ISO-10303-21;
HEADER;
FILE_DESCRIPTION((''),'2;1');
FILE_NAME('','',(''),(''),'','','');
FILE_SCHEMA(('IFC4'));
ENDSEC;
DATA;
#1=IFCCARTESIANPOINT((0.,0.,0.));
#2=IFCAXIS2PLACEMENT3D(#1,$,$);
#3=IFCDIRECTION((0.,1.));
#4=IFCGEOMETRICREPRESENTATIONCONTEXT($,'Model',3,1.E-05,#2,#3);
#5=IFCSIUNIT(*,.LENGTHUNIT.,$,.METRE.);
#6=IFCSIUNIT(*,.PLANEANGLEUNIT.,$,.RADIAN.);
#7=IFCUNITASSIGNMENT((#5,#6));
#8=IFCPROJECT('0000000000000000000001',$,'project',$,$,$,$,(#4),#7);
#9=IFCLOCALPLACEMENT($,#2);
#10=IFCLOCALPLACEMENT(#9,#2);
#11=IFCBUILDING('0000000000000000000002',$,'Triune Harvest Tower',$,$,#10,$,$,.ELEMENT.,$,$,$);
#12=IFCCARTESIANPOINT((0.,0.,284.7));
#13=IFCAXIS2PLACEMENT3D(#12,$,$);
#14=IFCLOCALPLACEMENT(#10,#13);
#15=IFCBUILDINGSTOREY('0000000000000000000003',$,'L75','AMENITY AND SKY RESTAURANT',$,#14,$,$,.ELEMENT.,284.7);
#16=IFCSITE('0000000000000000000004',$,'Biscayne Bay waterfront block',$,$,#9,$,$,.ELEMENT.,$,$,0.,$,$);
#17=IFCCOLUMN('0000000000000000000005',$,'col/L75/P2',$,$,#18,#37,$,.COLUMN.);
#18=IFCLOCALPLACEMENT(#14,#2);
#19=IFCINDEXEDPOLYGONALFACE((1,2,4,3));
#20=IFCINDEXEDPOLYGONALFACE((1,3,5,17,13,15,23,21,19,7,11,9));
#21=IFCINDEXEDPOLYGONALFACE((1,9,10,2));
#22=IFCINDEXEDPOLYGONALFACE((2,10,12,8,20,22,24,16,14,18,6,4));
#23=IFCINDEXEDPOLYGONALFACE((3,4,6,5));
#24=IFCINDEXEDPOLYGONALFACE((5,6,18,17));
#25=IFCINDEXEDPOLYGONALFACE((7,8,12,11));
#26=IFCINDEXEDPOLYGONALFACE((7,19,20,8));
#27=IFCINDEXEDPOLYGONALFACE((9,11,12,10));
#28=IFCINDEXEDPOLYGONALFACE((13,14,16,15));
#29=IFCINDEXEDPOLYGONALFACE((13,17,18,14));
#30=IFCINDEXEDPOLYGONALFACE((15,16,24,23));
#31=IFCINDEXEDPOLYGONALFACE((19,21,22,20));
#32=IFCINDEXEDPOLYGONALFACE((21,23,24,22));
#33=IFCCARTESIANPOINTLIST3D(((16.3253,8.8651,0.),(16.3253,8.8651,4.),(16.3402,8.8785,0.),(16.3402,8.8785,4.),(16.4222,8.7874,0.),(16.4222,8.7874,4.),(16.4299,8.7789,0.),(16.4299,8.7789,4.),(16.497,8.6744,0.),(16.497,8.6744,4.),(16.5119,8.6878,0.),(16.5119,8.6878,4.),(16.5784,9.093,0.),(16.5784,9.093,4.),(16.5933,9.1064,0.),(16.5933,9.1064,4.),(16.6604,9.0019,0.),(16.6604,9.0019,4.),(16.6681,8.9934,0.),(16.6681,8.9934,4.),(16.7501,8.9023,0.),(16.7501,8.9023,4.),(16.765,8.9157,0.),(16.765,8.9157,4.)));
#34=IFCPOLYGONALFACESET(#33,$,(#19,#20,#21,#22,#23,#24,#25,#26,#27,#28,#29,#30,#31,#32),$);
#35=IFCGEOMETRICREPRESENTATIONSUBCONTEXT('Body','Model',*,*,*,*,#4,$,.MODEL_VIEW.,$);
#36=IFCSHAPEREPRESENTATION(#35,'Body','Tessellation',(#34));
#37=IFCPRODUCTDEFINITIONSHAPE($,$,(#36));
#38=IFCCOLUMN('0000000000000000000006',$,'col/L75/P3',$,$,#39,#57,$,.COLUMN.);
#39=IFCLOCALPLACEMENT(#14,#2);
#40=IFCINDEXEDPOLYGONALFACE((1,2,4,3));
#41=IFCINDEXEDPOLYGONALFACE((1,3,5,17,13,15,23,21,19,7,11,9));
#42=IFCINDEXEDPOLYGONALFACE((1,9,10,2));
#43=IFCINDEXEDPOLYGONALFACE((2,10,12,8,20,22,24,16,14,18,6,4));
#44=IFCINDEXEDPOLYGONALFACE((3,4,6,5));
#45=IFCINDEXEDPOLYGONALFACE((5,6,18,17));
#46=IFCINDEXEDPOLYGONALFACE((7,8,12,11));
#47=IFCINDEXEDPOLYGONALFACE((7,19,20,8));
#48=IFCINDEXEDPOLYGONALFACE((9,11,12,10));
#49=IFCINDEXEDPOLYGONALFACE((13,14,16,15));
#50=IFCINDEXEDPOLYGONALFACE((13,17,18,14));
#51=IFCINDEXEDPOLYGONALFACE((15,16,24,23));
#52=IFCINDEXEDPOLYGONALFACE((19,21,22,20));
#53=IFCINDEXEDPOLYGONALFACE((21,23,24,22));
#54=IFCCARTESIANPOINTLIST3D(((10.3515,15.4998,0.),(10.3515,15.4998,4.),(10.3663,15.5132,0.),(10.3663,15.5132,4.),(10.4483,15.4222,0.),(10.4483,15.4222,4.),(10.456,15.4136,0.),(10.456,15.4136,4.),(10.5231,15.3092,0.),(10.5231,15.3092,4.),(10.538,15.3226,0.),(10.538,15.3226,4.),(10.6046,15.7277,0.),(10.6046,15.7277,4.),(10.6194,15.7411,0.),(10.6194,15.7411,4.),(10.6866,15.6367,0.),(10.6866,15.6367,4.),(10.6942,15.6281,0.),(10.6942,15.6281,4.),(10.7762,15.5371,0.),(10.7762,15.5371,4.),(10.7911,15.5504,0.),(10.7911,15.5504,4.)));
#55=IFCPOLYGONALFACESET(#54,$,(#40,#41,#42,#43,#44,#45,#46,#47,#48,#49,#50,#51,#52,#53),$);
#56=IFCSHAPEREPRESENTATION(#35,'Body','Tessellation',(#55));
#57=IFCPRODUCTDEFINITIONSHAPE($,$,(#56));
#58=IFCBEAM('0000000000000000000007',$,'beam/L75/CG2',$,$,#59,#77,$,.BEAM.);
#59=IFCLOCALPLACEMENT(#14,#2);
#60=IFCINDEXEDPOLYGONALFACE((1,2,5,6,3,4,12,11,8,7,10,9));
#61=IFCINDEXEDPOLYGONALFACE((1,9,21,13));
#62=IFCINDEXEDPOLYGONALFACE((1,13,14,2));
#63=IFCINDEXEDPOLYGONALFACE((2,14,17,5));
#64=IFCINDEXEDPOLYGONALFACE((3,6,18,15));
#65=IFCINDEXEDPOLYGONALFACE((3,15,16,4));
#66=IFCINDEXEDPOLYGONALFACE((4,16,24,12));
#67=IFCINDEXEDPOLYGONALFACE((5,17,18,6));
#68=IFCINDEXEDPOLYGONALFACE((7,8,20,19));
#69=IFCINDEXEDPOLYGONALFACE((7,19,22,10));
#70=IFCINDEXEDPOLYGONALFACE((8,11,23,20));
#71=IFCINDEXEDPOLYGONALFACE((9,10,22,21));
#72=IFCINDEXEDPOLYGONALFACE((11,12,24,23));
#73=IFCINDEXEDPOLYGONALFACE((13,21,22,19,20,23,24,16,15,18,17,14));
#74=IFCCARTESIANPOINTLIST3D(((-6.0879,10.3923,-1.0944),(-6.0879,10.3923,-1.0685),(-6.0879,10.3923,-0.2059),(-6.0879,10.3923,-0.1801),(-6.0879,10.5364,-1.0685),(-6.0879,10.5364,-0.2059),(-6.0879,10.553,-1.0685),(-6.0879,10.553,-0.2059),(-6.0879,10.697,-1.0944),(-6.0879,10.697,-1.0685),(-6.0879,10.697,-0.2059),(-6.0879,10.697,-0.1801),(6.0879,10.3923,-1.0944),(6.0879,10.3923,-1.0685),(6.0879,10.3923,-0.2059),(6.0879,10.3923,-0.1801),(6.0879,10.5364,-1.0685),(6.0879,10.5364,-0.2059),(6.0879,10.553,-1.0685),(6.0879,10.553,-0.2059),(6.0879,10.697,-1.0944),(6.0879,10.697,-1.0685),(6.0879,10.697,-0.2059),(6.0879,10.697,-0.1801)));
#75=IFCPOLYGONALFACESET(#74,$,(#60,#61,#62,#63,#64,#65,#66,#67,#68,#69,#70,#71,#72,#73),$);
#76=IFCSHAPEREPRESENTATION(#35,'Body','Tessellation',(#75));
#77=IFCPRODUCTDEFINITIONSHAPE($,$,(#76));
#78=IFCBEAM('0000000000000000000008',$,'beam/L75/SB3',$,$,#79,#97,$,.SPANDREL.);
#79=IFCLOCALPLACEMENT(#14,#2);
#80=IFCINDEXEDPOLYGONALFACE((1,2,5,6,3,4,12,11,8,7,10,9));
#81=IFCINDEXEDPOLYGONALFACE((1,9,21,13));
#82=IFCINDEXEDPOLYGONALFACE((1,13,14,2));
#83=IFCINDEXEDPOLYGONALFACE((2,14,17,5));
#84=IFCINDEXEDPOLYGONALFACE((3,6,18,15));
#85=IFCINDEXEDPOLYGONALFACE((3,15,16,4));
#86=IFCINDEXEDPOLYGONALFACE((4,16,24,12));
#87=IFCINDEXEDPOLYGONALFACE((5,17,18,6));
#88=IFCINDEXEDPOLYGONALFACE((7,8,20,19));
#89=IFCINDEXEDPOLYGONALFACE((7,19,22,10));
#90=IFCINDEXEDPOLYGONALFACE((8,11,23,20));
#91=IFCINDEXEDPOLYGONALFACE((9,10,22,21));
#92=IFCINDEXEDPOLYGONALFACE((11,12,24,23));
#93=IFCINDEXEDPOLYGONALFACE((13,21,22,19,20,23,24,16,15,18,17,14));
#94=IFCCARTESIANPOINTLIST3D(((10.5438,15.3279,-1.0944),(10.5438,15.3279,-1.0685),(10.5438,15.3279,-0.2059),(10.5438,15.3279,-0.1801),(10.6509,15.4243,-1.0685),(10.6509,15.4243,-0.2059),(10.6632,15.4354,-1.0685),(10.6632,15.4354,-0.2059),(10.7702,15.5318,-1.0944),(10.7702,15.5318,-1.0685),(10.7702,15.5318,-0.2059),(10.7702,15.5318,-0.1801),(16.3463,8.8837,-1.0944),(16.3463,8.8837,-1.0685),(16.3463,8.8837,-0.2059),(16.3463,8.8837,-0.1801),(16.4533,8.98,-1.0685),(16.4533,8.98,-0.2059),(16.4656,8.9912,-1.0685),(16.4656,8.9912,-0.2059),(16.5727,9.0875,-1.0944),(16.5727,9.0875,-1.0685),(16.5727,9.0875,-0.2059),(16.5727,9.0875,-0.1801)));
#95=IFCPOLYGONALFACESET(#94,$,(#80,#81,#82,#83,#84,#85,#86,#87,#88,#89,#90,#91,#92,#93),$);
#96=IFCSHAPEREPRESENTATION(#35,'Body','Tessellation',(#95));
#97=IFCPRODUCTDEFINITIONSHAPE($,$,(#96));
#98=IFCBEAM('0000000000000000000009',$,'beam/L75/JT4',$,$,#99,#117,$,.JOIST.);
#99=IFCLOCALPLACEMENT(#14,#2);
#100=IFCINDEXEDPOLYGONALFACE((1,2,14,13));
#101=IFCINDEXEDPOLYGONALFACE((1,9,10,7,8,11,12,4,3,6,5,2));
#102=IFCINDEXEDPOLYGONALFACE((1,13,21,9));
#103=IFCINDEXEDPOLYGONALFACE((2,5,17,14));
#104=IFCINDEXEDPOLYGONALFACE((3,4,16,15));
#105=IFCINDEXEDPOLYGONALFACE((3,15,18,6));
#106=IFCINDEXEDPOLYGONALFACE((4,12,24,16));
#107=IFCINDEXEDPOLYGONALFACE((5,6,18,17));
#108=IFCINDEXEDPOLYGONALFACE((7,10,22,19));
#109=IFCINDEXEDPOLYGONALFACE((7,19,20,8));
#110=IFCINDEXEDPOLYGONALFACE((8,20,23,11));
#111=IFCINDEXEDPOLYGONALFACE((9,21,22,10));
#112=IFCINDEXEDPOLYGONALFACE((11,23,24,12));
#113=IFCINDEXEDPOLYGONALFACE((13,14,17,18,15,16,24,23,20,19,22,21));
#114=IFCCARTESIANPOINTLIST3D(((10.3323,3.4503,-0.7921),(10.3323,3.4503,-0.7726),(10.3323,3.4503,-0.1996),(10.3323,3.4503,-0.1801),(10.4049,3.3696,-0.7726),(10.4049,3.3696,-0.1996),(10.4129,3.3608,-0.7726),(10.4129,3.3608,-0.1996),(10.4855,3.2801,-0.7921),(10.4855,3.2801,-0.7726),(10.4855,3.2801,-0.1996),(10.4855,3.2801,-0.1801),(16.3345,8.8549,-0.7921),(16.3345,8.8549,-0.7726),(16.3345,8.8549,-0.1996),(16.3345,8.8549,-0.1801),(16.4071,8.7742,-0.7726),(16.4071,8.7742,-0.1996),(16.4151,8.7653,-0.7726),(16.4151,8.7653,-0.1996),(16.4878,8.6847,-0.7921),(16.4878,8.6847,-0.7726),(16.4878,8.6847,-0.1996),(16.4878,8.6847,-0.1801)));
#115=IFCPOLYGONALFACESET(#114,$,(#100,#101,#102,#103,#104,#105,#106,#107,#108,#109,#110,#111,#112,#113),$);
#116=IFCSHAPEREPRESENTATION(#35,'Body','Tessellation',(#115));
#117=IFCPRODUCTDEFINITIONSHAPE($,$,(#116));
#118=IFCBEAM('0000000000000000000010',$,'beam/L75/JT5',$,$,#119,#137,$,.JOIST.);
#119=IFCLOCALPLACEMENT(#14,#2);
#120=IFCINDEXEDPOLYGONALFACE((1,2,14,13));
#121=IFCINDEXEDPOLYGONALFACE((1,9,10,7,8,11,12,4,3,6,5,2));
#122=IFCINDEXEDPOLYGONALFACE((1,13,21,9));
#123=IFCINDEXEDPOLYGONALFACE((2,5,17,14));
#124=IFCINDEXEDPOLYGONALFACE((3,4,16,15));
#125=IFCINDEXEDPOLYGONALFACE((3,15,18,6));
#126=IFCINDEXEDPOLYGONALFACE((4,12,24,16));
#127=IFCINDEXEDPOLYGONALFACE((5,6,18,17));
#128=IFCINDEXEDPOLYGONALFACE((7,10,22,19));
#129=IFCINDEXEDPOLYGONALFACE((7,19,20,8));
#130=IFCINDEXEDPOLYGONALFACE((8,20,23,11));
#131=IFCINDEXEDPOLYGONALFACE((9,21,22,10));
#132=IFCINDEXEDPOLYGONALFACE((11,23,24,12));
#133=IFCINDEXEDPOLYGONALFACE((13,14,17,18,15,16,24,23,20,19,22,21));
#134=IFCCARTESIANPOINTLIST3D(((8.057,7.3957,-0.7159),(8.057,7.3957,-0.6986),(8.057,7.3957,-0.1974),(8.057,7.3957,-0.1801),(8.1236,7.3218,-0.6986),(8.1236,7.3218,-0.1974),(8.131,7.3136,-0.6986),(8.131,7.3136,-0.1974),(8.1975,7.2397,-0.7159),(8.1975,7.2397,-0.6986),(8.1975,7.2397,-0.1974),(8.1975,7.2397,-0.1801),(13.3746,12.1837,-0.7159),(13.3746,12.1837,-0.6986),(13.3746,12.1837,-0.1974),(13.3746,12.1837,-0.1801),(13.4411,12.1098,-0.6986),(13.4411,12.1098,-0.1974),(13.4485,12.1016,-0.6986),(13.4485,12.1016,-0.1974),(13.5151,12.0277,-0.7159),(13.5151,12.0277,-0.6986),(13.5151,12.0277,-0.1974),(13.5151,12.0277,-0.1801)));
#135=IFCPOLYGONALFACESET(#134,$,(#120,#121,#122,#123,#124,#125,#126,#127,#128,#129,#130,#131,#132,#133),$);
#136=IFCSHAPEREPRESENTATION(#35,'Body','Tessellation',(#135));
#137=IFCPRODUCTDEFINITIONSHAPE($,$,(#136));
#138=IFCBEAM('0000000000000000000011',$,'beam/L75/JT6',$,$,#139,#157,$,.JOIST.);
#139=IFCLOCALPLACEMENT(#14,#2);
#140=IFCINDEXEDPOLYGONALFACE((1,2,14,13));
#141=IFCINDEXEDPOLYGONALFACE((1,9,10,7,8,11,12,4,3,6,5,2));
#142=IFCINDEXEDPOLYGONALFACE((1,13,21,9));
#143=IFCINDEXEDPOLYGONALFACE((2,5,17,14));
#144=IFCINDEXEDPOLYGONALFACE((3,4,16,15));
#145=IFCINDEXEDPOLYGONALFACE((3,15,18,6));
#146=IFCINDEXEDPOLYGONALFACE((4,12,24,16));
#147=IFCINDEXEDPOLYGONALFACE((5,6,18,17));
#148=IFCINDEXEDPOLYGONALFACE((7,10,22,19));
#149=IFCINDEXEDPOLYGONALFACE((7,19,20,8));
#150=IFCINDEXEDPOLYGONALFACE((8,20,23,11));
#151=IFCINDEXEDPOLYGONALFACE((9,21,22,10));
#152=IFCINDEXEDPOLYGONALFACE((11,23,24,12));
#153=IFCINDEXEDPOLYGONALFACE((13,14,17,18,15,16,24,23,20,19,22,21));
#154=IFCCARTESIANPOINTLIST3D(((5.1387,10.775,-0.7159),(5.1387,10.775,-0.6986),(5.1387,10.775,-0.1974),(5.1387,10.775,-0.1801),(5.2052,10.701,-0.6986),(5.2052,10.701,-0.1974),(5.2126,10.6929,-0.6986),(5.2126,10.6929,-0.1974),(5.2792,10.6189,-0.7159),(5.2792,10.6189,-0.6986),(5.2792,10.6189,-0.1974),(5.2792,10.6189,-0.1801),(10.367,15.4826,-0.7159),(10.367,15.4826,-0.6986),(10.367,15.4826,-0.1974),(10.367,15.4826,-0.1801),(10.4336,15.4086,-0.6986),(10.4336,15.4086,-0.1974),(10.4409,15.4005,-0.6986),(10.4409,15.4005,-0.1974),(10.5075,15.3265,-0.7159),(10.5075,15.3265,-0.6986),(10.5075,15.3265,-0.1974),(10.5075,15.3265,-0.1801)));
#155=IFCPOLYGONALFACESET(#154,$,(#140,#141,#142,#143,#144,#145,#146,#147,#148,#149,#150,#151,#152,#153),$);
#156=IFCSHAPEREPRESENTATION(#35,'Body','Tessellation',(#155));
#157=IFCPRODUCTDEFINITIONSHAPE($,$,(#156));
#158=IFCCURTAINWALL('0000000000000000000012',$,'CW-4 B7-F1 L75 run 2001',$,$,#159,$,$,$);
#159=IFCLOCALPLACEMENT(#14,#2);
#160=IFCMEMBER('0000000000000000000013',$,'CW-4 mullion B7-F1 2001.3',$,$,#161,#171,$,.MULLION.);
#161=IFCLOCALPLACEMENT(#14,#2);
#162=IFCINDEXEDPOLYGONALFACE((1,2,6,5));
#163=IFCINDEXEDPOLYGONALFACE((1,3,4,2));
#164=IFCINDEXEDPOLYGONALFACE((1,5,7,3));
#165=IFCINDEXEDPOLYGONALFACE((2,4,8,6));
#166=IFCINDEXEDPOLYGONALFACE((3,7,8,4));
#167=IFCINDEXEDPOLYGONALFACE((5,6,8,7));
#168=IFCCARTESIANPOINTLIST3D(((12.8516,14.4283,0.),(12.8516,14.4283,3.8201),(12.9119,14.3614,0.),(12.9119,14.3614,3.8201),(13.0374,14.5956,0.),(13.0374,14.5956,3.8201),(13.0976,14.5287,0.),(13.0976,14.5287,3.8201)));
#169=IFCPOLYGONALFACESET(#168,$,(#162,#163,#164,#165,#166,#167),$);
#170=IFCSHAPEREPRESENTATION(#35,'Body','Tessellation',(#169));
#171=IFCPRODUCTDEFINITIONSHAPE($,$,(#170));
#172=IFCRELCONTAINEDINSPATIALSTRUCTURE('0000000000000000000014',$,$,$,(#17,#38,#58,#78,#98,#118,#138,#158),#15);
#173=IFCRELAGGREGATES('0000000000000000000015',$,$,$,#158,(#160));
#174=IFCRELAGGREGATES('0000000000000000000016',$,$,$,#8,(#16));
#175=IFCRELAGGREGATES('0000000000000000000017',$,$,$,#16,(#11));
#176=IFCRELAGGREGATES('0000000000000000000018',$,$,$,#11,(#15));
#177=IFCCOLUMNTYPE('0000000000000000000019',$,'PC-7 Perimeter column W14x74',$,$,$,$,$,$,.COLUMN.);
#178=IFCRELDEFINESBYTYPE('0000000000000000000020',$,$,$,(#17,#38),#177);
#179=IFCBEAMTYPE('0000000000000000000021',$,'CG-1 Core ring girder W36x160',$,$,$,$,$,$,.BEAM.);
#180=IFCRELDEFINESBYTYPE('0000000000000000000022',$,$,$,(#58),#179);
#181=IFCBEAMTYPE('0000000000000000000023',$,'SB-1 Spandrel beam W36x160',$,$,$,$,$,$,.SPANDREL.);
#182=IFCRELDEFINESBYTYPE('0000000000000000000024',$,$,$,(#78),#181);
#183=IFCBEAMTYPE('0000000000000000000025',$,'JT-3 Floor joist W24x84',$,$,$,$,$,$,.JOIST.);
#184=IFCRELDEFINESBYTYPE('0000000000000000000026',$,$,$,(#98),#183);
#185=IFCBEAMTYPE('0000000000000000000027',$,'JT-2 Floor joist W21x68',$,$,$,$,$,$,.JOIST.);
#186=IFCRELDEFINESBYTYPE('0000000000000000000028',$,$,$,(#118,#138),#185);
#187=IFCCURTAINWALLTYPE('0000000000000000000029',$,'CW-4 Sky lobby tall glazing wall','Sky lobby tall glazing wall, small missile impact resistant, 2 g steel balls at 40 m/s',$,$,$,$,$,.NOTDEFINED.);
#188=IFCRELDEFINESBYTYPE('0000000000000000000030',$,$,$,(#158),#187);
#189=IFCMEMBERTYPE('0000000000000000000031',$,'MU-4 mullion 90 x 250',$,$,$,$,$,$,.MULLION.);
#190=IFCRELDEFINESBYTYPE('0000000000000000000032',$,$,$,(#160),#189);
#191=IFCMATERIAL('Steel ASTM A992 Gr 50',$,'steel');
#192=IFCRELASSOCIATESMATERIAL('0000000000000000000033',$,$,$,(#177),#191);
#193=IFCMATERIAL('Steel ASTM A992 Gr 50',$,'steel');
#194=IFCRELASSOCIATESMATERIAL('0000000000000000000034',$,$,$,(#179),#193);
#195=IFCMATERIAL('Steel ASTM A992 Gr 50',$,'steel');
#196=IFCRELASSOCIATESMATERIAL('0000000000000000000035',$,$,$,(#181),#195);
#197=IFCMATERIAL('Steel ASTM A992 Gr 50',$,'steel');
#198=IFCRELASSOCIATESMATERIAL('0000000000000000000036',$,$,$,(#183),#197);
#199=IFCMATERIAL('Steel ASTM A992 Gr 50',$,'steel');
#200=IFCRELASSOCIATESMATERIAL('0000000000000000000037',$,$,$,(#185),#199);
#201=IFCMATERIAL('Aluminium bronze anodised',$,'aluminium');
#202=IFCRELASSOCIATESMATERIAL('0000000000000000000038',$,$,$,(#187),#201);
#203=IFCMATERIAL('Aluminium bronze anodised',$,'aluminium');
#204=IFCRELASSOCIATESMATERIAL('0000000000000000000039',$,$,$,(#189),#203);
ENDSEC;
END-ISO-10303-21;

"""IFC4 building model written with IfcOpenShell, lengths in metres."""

from ifc_helpers import new_model, si_unit, direction, frame, origin, origin_2d, place, context, subcontext, project, spatial, rectangle, i_section, extrude, source, transform, mapped, material, material_profile, profile_set, type_object, element, aggregate, save


model = new_model("IFC4")

# Units and contexts
model_context = context("Model", 3, precision=1e-05, world=origin(), true_north=direction((0.0, 1.0)))
body_context = subcontext(model_context, "Body", "Model", "MODEL_VIEW")
ifc_project = project(units=[si_unit("LENGTHUNIT", "METRE"), si_unit("PLANEANGLEUNIT", "RADIAN")], contexts=[model_context])

# Site, building, storey
site_placement = place(None, origin())
site = spatial("IfcSite", under=ifc_project, at=site_placement, Name="Biscayne Bay waterfront block", CompositionType="ELEMENT", RefElevation=0.0)
building_placement = place(site_placement, origin())
building = spatial("IfcBuilding", under=site, at=building_placement, Name="Triune Harvest Tower", CompositionType="ELEMENT")
storey_placement = place(building_placement, frame((0.0, 0.0, 284.7)))
storey = spatial("IfcBuildingStorey", under=building, at=storey_placement, Name="L75", Description="AMENITY AND SKY RESTAURANT", CompositionType="ELEMENT", Elevation=284.7)

# Columns
ifc_material_1 = material(Name="Steel ASTM A992 Gr 50", Category="steel")
ifc_material_profile_1 = material_profile(ifc_material_1, i_section(OverallWidth=0.2566, OverallDepth=0.3606, WebThickness=0.0115, FlangeThickness=0.02, at=origin_2d()), Name="W14x74")
ifc_profile_set_1 = profile_set([ifc_material_profile_1], Name="Steel ASTM A992 Gr 50")
column_type = type_object("IfcColumnType", Name="PC-7 Perimeter column W14x74", PredefinedType="COLUMN", material=ifc_profile_set_1)
shared_shape_1 = source(origin(), body_context, "Body", "SweptSolid", [
    extrude(i_section(OverallWidth=0.2566, OverallDepth=0.3606, WebThickness=0.0115, FlangeThickness=0.02, at=origin_2d()), origin(), (0.0, 0.0, 1.0), 4.0),
])
for number, where, z_axis, x_axis, name in (
    (1, (16.5452, 8.8904, 0.0), (0.0, 0.0, 1.0), (-0.669131, 0.743145, 0.0), "col/L75/P2"),
    (2, (10.5713, 15.5251, 0.0), (0.0, 0.0, 1.0), (-0.669131, 0.743145, 0.0), "col/L75/P3"),
):
    element("IfcColumn", number, at=place(storey_placement, frame(where, z_axis=z_axis, x_axis=x_axis)), inside=storey, type_object=column_type, Name=name, PredefinedType="COLUMN", context=body_context, shape_type="MappedRepresentation", body=[
        mapped(shared_shape_1, transform((0.0, 0.0, 0.0), scale=1.0)),
    ])

# Beams
ifc_material_2 = material(Name="Steel ASTM A992 Gr 50", Category="steel")
ifc_material_profile_2 = material_profile(ifc_material_2, i_section(OverallWidth=0.3047, OverallDepth=0.9143, WebThickness=0.0166, FlangeThickness=0.0259, at=origin_2d()), Name="W36x160")
ifc_profile_set_2 = profile_set([ifc_material_profile_2], Name="Steel ASTM A992 Gr 50")
beam_type_1 = type_object("IfcBeamType", Name="CG-1 Core ring girder W36x160", PredefinedType="BEAM", material=ifc_profile_set_2)
shared_shape_2 = source(origin(), body_context, "Body", "SweptSolid", [
    extrude(i_section(OverallWidth=0.3047, OverallDepth=0.9143, WebThickness=0.0166, FlangeThickness=0.0259, at=origin_2d()), origin(), (0.0, 0.0, 1.0), 12.1758),
])
beam_1_placement = place(storey_placement, frame((6.0879, 10.5447, -0.6372), z_axis=(-1.0, 0.0, 0.0), x_axis=(0.0, -1.0, 0.0)))
element("IfcBeam", 3, at=beam_1_placement, inside=storey, type_object=beam_type_1, Name="beam/L75/CG2", PredefinedType="BEAM", context=body_context, shape_type="MappedRepresentation", body=[
    mapped(shared_shape_2, transform((0.0, 0.0, 0.0), scale=1.0)),
])
ifc_material_3 = material(Name="Steel ASTM A992 Gr 50", Category="steel")
ifc_material_profile_3 = material_profile(ifc_material_3, i_section(OverallWidth=0.3047, OverallDepth=0.9143, WebThickness=0.0166, FlangeThickness=0.0259, at=origin_2d()), Name="W36x160")
ifc_profile_set_3 = profile_set([ifc_material_profile_3], Name="Steel ASTM A992 Gr 50")
beam_type_2 = type_object("IfcBeamType", Name="SB-1 Spandrel beam W36x160", PredefinedType="SPANDREL", material=ifc_profile_set_3)
shared_shape_3 = source(origin(), body_context, "Body", "SweptSolid", [
    extrude(i_section(OverallWidth=0.3047, OverallDepth=0.9143, WebThickness=0.0166, FlangeThickness=0.0259, at=origin_2d()), origin(), (0.0, 0.0, 1.0), 8.6716),
])
beam_2_placement = place(storey_placement, frame((16.4595, 8.9856, -0.6372), z_axis=(-0.66913, 0.743146, 0.0), x_axis=(-0.743146, -0.66913, 0.0)))
element("IfcBeam", 4, at=beam_2_placement, inside=storey, type_object=beam_type_2, Name="beam/L75/SB3", PredefinedType="SPANDREL", context=body_context, shape_type="MappedRepresentation", body=[
    mapped(shared_shape_3, transform((0.0, 0.0, 0.0), scale=1.0)),
])
ifc_material_4 = material(Name="Steel ASTM A992 Gr 50", Category="steel")
ifc_material_profile_4 = material_profile(ifc_material_4, i_section(OverallWidth=0.229, OverallDepth=0.6121, WebThickness=0.012, FlangeThickness=0.0195, at=origin_2d()), Name="W24x84")
ifc_profile_set_4 = profile_set([ifc_material_profile_4], Name="Steel ASTM A992 Gr 50")
beam_type_3 = type_object("IfcBeamType", Name="JT-3 Floor joist W24x84", PredefinedType="JOIST", material=ifc_profile_set_4)
shared_shape_4 = source(origin(), body_context, "Body", "SweptSolid", [
    extrude(i_section(OverallWidth=0.229, OverallDepth=0.6121, WebThickness=0.012, FlangeThickness=0.0195, at=origin_2d()), origin(), (0.0, 0.0, 1.0), 8.0769),
])
beam_3_placement = place(storey_placement, frame((16.4111, 8.7698, -0.4861), z_axis=(-0.743136, -0.66914, 0.0), x_axis=(0.66914, -0.743136, 0.0)))
element("IfcBeam", 5, at=beam_3_placement, inside=storey, type_object=beam_type_3, Name="beam/L75/JT4", PredefinedType="JOIST", context=body_context, shape_type="MappedRepresentation", body=[
    mapped(shared_shape_4, transform((0.0, 0.0, 0.0), scale=1.0)),
])
ifc_material_5 = material(Name="Steel ASTM A992 Gr 50", Category="steel")
ifc_material_profile_5 = material_profile(ifc_material_5, i_section(OverallWidth=0.21, OverallDepth=0.5359, WebThickness=0.011, FlangeThickness=0.0173, at=origin_2d()), Name="W21x68")
ifc_profile_set_5 = profile_set([ifc_material_profile_5], Name="Steel ASTM A992 Gr 50")
beam_type_4 = type_object("IfcBeamType", Name="JT-2 Floor joist W21x68", PredefinedType="JOIST", material=ifc_profile_set_5)
shared_shape_5 = source(origin(), body_context, "Body", "SweptSolid", [
    extrude(i_section(OverallWidth=0.21, OverallDepth=0.5359, WebThickness=0.011, FlangeThickness=0.0173, at=origin_2d()), origin(), (0.0, 0.0, 1.0), 7.1555),
])
beam_4_placement = place(storey_placement, frame((13.4448, 12.1057, -0.448), z_axis=(-0.74314, -0.669136, 0.0), x_axis=(0.669136, -0.74314, 0.0)))
element("IfcBeam", 6, at=beam_4_placement, inside=storey, type_object=beam_type_4, Name="beam/L75/JT5", PredefinedType="JOIST", context=body_context, shape_type="MappedRepresentation", body=[
    mapped(shared_shape_5, transform((0.0, 0.0, 0.0), scale=1.0)),
])
shared_shape_6 = source(origin(), body_context, "Body", "SweptSolid", [
    extrude(i_section(OverallWidth=0.21, OverallDepth=0.5359, WebThickness=0.011, FlangeThickness=0.0173, at=origin_2d()), origin(), (0.0, 0.0, 1.0), 7.0354),
])
beam_5_placement = place(storey_placement, frame((10.4373, 15.4045, -0.448), z_axis=(-0.743147, -0.669128, 0.0), x_axis=(0.669128, -0.743147, 0.0)))
element("IfcBeam", 7, at=beam_5_placement, inside=storey, type_object=beam_type_4, Name="beam/L75/JT6", PredefinedType="JOIST", context=body_context, shape_type="MappedRepresentation", body=[
    mapped(shared_shape_6, transform((0.0, 0.0, 0.0), scale=1.0)),
])

# Curtain wall, member
ifc_material_6 = material(Name="Aluminium bronze anodised", Category="aluminium")
curtain_wall_type = type_object("IfcCurtainWallType", Name="CW-4 Sky lobby tall glazing wall", Description="Sky lobby tall glazing wall, small missile impact resistant, 2 g steel balls at 40 m/s", PredefinedType="NOTDEFINED", material=ifc_material_6)
curtain_wall_placement = place(storey_placement, origin())
curtain_wall = element("IfcCurtainWall", 8, at=curtain_wall_placement, inside=storey, type_object=curtain_wall_type, Name="CW-4 B7-F1 L75 run 2001")
ifc_material_7 = material(Name="Aluminium bronze anodised", Category="aluminium")
ifc_material_profile_6 = material_profile(ifc_material_7, rectangle(XDim=0.25, YDim=0.0901, at=origin_2d()), Name="MU-4 mullion 90 x 250")
ifc_profile_set_6 = profile_set([ifc_material_profile_6], Name="Aluminium bronze anodised")
member_type_1 = type_object("IfcMemberType", Name="MU-4 mullion 90 x 250", PredefinedType="MULLION", material=ifc_profile_set_6)
shared_shape_7 = source(origin(), body_context, "Body", "SweptSolid", [
    extrude(rectangle(XDim=0.25, YDim=0.0901, at=origin_2d()), origin(), (0.0, 0.0, 1.0), 3.8201),
])
member_1_placement = place(storey_placement, frame((12.9746, 14.4785, 0.0), z_axis=(0.0, 0.0, 1.0), x_axis=(-0.74315, -0.669125, 0.0)))
member_1 = element("IfcMember", 9, at=member_1_placement, type_object=member_type_1, Name="CW-4 mullion B7-F1 2001.3", PredefinedType="MULLION", context=body_context, shape_type="MappedRepresentation", body=[
    mapped(shared_shape_7, transform((0.0, 0.0, 0.0), scale=1.0)),
])
aggregate(curtain_wall, [member_1])

save(model, "model.ifc")
